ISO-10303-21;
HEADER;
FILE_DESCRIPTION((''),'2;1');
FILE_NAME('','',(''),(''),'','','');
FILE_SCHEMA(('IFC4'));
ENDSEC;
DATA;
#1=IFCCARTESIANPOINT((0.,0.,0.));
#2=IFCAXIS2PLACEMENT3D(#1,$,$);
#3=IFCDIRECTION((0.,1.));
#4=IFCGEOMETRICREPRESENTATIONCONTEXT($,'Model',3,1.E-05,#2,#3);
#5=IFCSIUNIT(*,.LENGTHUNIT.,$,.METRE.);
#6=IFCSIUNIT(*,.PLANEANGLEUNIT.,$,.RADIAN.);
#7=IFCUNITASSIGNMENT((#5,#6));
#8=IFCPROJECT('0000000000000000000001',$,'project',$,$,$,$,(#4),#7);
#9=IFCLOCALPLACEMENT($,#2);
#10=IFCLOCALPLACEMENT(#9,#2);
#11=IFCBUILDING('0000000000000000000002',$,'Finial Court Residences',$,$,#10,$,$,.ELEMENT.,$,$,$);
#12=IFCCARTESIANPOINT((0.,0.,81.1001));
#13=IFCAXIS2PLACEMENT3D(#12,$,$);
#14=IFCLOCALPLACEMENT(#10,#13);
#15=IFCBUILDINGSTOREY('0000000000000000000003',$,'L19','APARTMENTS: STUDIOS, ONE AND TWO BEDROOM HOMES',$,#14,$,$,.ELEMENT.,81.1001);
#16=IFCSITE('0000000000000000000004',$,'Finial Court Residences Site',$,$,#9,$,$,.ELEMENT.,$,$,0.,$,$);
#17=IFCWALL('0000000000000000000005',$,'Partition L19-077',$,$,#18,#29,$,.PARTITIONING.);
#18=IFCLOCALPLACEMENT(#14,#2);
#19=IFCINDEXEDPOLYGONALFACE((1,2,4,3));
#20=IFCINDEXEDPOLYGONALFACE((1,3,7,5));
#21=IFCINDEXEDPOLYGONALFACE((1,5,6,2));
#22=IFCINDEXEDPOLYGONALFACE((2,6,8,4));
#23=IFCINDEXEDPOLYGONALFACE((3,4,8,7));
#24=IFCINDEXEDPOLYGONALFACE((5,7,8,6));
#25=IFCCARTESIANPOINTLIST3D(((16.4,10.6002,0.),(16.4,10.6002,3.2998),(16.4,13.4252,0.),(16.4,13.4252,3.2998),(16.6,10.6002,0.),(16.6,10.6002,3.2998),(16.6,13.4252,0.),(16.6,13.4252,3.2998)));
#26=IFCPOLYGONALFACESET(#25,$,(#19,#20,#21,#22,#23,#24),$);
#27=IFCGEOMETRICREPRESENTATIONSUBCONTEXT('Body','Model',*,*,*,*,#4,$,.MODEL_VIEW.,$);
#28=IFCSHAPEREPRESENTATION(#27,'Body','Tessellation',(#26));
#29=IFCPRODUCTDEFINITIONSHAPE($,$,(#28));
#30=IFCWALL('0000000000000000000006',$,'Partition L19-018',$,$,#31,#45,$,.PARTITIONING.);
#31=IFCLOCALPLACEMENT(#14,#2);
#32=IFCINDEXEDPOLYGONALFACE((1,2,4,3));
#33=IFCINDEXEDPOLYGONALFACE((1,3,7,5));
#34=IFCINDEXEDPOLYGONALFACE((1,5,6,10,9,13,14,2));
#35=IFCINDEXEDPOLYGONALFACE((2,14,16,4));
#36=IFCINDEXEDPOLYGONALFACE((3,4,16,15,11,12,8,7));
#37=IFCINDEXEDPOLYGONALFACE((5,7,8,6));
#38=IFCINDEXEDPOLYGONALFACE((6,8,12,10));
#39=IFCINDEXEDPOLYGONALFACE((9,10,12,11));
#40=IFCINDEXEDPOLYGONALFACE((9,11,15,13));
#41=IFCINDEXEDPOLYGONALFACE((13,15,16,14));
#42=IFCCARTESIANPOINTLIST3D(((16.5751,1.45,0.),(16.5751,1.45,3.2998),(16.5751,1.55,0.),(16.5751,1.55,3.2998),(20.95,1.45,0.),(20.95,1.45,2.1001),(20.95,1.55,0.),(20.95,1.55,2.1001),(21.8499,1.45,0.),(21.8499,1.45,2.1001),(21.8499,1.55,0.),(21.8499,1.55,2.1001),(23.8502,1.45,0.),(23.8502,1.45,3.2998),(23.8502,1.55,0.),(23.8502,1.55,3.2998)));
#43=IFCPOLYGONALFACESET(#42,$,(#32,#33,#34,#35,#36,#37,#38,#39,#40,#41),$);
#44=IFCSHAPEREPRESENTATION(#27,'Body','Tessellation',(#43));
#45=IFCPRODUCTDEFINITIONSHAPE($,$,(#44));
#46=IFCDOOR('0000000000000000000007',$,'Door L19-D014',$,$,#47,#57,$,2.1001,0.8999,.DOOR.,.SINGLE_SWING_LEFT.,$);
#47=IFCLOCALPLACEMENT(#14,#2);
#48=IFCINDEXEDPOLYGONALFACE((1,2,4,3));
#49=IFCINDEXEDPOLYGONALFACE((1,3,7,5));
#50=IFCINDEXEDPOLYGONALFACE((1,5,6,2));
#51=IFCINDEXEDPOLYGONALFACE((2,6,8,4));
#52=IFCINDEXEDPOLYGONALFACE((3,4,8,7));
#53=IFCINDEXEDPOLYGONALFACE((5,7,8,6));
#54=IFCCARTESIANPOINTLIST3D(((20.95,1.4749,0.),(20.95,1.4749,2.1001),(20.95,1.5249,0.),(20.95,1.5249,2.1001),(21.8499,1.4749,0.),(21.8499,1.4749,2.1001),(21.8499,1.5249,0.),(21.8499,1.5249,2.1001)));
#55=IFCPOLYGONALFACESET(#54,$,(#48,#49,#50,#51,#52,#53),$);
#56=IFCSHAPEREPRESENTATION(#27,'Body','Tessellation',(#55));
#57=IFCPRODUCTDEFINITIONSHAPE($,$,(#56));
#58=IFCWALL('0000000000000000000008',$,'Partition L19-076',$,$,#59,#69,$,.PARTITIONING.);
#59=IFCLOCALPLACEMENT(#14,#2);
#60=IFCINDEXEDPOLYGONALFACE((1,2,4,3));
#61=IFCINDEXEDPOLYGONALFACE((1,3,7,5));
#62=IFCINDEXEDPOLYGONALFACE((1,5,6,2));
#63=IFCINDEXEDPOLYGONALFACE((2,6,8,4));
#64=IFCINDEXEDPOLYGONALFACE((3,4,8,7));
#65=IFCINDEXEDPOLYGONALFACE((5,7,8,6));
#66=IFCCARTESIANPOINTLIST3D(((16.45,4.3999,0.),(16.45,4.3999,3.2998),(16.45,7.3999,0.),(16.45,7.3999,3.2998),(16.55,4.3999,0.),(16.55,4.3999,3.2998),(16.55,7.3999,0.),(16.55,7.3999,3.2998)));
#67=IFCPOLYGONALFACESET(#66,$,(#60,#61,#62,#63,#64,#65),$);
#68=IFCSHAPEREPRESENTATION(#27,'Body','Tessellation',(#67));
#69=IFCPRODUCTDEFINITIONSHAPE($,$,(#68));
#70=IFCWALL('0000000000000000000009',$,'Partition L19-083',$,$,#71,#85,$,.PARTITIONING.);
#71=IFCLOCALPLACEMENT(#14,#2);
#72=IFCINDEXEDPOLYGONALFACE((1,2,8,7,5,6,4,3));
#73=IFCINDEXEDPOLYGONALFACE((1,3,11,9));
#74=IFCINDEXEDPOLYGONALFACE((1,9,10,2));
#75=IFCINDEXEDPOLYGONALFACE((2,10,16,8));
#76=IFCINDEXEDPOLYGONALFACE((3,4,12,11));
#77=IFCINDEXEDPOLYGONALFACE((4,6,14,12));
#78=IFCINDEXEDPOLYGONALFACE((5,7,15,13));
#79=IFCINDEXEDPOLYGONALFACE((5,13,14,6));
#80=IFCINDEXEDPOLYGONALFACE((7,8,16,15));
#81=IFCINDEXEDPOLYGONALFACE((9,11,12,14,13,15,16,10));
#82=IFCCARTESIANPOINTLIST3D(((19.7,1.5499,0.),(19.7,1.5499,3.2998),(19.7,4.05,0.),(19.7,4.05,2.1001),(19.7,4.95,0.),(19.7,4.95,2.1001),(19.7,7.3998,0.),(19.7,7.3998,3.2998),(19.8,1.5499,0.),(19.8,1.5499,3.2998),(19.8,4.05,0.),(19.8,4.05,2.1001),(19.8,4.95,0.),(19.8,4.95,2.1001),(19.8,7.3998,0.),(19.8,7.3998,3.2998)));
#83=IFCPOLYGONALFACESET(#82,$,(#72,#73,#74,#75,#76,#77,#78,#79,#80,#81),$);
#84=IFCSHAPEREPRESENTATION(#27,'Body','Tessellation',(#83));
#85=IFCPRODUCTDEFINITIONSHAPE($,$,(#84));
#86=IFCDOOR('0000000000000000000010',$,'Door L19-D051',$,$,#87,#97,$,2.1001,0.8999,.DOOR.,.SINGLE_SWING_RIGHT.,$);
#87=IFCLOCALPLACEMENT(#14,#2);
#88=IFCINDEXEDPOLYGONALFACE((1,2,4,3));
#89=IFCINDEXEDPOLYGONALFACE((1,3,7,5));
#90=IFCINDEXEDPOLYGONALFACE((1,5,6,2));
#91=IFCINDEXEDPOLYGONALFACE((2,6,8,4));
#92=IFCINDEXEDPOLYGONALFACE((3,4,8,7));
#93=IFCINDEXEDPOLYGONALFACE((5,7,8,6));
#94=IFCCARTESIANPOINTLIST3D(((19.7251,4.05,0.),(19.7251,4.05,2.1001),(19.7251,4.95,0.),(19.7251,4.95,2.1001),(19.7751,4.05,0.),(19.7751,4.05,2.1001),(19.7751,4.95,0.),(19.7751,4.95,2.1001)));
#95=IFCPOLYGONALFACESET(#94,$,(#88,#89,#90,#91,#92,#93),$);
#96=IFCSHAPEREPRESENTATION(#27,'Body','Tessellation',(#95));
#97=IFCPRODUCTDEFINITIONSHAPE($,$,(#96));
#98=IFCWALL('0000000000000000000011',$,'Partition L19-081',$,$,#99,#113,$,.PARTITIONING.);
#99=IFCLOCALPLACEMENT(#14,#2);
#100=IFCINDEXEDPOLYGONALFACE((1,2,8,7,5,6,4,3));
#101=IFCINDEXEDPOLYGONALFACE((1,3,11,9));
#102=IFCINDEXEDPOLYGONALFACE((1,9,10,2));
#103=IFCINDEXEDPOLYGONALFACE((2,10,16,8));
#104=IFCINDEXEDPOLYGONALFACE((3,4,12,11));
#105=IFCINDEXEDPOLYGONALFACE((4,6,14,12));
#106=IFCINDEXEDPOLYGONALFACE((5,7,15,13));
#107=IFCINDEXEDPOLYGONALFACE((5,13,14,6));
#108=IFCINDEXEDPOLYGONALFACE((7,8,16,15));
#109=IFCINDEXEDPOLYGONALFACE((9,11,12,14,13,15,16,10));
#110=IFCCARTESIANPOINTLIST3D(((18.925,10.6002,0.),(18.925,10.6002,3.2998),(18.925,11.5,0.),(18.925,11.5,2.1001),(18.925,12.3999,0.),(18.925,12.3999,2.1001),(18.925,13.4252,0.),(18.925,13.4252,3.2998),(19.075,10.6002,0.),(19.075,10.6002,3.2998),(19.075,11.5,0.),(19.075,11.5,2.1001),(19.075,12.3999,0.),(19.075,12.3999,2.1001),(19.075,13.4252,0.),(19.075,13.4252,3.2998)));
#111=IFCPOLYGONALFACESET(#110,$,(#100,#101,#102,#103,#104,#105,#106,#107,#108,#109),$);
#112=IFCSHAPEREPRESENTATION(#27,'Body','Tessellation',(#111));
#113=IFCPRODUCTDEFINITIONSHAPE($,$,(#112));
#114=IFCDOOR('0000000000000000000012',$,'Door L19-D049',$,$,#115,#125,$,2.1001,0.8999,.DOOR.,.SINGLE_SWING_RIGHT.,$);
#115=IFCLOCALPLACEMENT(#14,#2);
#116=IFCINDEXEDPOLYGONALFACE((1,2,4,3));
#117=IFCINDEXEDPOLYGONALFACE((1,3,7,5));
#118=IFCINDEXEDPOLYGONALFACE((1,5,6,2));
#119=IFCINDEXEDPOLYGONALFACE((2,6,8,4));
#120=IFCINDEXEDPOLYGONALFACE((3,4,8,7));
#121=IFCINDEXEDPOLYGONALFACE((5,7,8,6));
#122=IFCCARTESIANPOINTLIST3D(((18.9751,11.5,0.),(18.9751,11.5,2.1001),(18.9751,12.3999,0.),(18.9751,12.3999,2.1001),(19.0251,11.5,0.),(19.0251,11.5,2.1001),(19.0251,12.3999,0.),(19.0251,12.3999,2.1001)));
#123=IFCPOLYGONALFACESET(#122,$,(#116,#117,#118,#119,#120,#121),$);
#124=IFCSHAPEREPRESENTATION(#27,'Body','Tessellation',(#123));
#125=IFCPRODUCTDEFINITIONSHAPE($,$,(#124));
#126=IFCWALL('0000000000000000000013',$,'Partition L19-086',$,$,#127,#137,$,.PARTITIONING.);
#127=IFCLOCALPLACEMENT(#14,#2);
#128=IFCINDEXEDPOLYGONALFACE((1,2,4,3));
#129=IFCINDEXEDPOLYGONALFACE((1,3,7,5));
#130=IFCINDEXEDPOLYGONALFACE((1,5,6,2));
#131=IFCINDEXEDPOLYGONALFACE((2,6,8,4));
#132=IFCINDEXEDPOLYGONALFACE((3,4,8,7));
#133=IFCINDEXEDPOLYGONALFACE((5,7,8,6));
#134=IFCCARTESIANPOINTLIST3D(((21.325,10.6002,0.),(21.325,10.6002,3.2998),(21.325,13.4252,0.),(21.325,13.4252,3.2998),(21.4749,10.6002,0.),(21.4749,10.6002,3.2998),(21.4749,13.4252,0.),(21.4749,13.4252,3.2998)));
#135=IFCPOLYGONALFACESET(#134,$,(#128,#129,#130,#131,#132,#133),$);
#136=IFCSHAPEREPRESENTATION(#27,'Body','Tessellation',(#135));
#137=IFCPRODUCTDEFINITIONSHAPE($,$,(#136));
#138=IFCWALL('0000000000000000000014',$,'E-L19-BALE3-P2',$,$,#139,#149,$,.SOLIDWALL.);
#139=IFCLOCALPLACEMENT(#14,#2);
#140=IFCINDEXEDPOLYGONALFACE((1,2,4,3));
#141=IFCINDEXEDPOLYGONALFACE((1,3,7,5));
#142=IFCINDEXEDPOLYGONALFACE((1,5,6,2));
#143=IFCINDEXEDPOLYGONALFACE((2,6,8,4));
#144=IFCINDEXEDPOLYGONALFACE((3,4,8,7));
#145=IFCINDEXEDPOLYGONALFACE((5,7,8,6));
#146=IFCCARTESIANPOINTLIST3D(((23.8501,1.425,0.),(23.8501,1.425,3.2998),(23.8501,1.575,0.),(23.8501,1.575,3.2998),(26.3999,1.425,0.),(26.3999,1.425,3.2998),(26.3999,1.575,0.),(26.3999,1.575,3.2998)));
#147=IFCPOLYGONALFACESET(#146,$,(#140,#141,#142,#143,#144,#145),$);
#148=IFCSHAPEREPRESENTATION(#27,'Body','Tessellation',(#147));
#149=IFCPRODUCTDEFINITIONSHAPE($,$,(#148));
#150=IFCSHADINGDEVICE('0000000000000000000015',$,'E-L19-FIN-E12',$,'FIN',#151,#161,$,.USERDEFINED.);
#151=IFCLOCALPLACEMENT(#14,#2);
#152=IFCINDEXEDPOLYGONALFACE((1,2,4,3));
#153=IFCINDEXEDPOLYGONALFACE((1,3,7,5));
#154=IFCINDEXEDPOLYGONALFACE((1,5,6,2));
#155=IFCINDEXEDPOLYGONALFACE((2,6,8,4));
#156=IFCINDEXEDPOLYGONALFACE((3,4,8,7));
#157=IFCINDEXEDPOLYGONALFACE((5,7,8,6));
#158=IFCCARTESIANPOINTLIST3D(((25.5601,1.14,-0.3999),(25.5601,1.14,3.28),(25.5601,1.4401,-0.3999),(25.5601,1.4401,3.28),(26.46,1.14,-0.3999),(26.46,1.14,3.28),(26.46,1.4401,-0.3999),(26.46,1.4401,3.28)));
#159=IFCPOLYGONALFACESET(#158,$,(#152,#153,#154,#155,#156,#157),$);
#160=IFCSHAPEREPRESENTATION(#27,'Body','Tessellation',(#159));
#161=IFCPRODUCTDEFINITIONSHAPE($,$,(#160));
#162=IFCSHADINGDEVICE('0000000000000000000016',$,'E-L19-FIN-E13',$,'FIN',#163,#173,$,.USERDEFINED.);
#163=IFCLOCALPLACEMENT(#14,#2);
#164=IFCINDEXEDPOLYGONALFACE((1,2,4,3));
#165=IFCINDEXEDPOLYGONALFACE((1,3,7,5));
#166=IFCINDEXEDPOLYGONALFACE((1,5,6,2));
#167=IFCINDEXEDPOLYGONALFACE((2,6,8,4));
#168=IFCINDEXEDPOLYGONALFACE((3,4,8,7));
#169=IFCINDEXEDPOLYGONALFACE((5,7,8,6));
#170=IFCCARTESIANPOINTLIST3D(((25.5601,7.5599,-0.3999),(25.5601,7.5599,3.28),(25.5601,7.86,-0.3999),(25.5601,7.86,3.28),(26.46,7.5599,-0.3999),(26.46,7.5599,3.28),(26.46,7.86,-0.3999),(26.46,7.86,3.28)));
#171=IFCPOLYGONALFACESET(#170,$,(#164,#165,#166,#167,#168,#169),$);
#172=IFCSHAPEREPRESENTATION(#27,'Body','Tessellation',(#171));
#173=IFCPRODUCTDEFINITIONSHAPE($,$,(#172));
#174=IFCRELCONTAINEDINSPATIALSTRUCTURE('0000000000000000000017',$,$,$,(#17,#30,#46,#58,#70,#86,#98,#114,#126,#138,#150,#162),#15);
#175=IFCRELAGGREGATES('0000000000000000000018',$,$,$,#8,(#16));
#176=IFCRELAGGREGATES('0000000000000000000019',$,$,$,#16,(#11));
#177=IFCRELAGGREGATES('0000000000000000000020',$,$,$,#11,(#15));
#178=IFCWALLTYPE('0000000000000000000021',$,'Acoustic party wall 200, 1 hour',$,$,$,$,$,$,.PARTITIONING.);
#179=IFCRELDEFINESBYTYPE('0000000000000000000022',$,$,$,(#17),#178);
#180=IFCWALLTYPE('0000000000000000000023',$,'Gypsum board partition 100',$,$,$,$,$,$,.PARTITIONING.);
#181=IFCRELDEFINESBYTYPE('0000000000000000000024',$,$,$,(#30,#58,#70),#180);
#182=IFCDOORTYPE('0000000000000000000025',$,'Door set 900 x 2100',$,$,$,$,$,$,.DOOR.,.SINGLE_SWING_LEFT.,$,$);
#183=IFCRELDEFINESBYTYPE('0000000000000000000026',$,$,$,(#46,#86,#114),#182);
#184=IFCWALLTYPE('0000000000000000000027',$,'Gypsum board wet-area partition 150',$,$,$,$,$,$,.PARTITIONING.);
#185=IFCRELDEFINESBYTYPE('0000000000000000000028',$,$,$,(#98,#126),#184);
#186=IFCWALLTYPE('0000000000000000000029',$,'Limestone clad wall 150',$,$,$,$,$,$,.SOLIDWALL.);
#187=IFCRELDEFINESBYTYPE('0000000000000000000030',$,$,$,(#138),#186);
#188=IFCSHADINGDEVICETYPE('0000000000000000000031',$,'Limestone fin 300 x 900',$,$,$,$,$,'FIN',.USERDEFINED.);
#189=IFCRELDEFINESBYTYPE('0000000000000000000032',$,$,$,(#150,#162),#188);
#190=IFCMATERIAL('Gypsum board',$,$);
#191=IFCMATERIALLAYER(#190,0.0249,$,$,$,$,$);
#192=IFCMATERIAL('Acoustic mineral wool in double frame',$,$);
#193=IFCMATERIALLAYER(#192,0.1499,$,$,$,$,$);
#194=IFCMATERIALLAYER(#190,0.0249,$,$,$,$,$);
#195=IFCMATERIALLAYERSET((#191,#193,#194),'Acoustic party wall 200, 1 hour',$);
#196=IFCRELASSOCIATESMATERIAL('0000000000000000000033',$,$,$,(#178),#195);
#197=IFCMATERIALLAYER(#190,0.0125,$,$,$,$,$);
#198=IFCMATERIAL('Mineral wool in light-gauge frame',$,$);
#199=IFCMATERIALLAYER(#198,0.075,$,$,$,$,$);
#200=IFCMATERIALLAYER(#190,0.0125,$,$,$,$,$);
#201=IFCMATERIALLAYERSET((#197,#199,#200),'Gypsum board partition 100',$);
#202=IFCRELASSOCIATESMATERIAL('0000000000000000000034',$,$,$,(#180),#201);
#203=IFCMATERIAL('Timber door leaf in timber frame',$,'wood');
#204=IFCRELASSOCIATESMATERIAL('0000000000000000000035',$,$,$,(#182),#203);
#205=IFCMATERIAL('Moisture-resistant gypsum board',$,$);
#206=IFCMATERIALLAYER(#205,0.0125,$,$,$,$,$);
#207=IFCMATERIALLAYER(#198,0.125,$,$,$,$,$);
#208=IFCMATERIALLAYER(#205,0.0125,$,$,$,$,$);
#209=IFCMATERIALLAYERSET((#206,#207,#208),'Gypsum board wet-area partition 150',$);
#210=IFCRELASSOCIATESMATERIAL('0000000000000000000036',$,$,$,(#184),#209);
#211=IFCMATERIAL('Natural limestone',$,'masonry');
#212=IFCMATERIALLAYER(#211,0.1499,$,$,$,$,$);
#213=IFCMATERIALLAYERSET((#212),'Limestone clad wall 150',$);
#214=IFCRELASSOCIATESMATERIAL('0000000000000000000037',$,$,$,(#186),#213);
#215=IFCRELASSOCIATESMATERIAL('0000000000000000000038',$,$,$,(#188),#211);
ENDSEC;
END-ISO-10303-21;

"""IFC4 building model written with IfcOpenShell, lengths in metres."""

from ifc_helpers import new_model, si_unit, direction, frame, frame_2d, origin, origin_2d, place, context, subcontext, project, spatial, rectangle, extrude, material, layer, layer_set, type_object, element, fill, save


model = new_model("IFC4")

# Units and contexts
model_context = context("Model", 3, precision=1e-05, world=origin(), true_north=direction((0.0, 1.0)))
body_context = subcontext(model_context, "Body", "Model", "MODEL_VIEW")
ifc_project = project(units=[si_unit("LENGTHUNIT", "METRE"), si_unit("PLANEANGLEUNIT", "RADIAN")], contexts=[model_context])

# Site, building, storey
site_placement = place(None, origin())
site = spatial("IfcSite", under=ifc_project, at=site_placement, Name="Finial Court Residences Site", CompositionType="ELEMENT", RefElevation=0.0)
building_placement = place(site_placement, origin())
building = spatial("IfcBuilding", under=site, at=building_placement, Name="Finial Court Residences", CompositionType="ELEMENT")
storey_placement = place(building_placement, frame((0.0, 0.0, 81.1001)))
storey = spatial("IfcBuildingStorey", under=building, at=storey_placement, Name="L19", Description="APARTMENTS: STUDIOS, ONE AND TWO BEDROOM HOMES", CompositionType="ELEMENT", Elevation=81.1001)

# Wall
ifc_material_1 = material(Name="Gypsum board")
ifc_layer_1 = layer(ifc_material_1, 0.0249)
ifc_material_2 = material(Name="Acoustic mineral wool in double frame")
ifc_layer_2 = layer(ifc_material_2, 0.1499)
ifc_layer_3 = layer(ifc_material_1, 0.0249)
ifc_layer_set_1 = layer_set([ifc_layer_1, ifc_layer_2, ifc_layer_3], Name="Acoustic party wall 200, 1 hour")
wall_type_1 = type_object("IfcWallType", Name="Acoustic party wall 200, 1 hour", PredefinedType="PARTITIONING", material=ifc_layer_set_1)
wall_1_placement = place(storey_placement, frame((16.5, 10.6001, 0.0), z_axis=(0.0, 0.0, 1.0), x_axis=(0.0, 1.0, 0.0)))
element("IfcWall", 1, at=wall_1_placement, inside=storey, type_object=wall_type_1, Name="Partition L19-077", PredefinedType="PARTITIONING", context=body_context, shape_type="SweptSolid", body=[
    extrude(rectangle(XDim=2.825, YDim=0.2, at=frame_2d((1.4126, 0.0))), origin(), (0.0, 0.0, 1.0), 3.2998),
])

# Wall, opening, door
ifc_layer_4 = layer(ifc_material_1, 0.0125)
ifc_material_3 = material(Name="Mineral wool in light-gauge frame")
ifc_layer_5 = layer(ifc_material_3, 0.075)
ifc_layer_6 = layer(ifc_material_1, 0.0125)
ifc_layer_set_2 = layer_set([ifc_layer_4, ifc_layer_5, ifc_layer_6], Name="Gypsum board partition 100")
wall_type_2 = type_object("IfcWallType", Name="Gypsum board partition 100", PredefinedType="PARTITIONING", material=ifc_layer_set_2)
wall_2_placement = place(storey_placement, frame((16.575, 1.5, 0.0), z_axis=(0.0, 0.0, 1.0), x_axis=(1.0, 0.0, 0.0)))
wall_2 = element("IfcWall", 2, at=wall_2_placement, inside=storey, type_object=wall_type_2, Name="Partition L19-018", PredefinedType="PARTITIONING", context=body_context, shape_type="SweptSolid", body=[
    extrude(rectangle(XDim=7.2751, YDim=0.1001, at=frame_2d((3.6377, 0.0))), origin(), (0.0, 0.0, 1.0), 3.2998),
])
opening_1_placement = place(wall_2_placement, frame((4.375, 0.0, 0.0)))
opening_1 = element("IfcOpeningElement", 3, at=opening_1_placement, cuts=wall_2, PredefinedType="OPENING", context=body_context, shape_type="SweptSolid", body=[
    extrude(rectangle(XDim=0.8999, YDim=2.1001, at=frame_2d((0.45, 1.05))), frame((0.0, 0.0601, 0.0), z_axis=(0.0, -1.0, 0.0), x_axis=(1.0, 0.0, 0.0)), (0.0, 0.0, 1.0), 0.1201),
])
ifc_material_4 = material(Name="Timber door leaf in timber frame", Category="wood")
door_type_1 = type_object("IfcDoorType", Name="Door set 900 x 2100", OperationType="SINGLE_SWING_LEFT", PredefinedType="DOOR", material=ifc_material_4)
door_1_placement = place(opening_1_placement, origin())
door_1 = element("IfcDoor", 4, at=door_1_placement, inside=storey, type_object=door_type_1, Name="Door L19-D014", OperationType="SINGLE_SWING_LEFT", OverallHeight=2.1001, OverallWidth=0.8999, PredefinedType="DOOR", context=body_context, shape_type="SweptSolid", body=[
    extrude(rectangle(XDim=0.8999, YDim=2.1001, at=frame_2d((0.45, 1.05))), frame((0.0, 0.0249, 0.0), z_axis=(0.0, -1.0, 0.0), x_axis=(1.0, 0.0, 0.0)), (0.0, 0.0, 1.0), 0.05),
])
fill(opening_1, door_1)

# Wall
wall_3_placement = place(storey_placement, frame((16.5, 4.3999, 0.0), z_axis=(0.0, 0.0, 1.0), x_axis=(0.0, 1.0, 0.0)))
element("IfcWall", 5, at=wall_3_placement, inside=storey, type_object=wall_type_2, Name="Partition L19-076", PredefinedType="PARTITIONING", context=body_context, shape_type="SweptSolid", body=[
    extrude(rectangle(XDim=3.0, YDim=0.1001, at=frame_2d((1.5, 0.0))), origin(), (0.0, 0.0, 1.0), 3.2998),
])

# Walls, openings, doors
wall_4_placement = place(storey_placement, frame((19.75, 1.55, 0.0), z_axis=(0.0, 0.0, 1.0), x_axis=(0.0, 1.0, 0.0)))
wall_4 = element("IfcWall", 6, at=wall_4_placement, inside=storey, type_object=wall_type_2, Name="Partition L19-083", PredefinedType="PARTITIONING", context=body_context, shape_type="SweptSolid", body=[
    extrude(rectangle(XDim=5.8499, YDim=0.1001, at=frame_2d((2.9248, 0.0))), origin(), (0.0, 0.0, 1.0), 3.2998),
])
opening_2_placement = place(wall_4_placement, frame((2.5, 0.0, 0.0)))
opening_2 = element("IfcOpeningElement", 7, at=opening_2_placement, cuts=wall_4, PredefinedType="OPENING", context=body_context, shape_type="SweptSolid", body=[
    extrude(rectangle(XDim=0.8999, YDim=2.1001, at=frame_2d((0.45, 1.05))), frame((0.0, 0.0601, 0.0), z_axis=(0.0, -1.0, 0.0), x_axis=(1.0, 0.0, 0.0)), (0.0, 0.0, 1.0), 0.1201),
])
door_2_placement = place(opening_2_placement, origin())
door_2 = element("IfcDoor", 8, at=door_2_placement, inside=storey, type_object=door_type_1, Name="Door L19-D051", OperationType="SINGLE_SWING_RIGHT", OverallHeight=2.1001, OverallWidth=0.8999, PredefinedType="DOOR", context=body_context, shape_type="SweptSolid", body=[
    extrude(rectangle(XDim=0.8999, YDim=2.1001, at=frame_2d((0.45, 1.05))), frame((0.0, 0.0249, 0.0), z_axis=(0.0, -1.0, 0.0), x_axis=(1.0, 0.0, 0.0)), (0.0, 0.0, 1.0), 0.05),
])
fill(opening_2, door_2)
ifc_material_5 = material(Name="Moisture-resistant gypsum board")
ifc_layer_7 = layer(ifc_material_5, 0.0125)
ifc_layer_8 = layer(ifc_material_3, 0.125)
ifc_layer_9 = layer(ifc_material_5, 0.0125)
ifc_layer_set_3 = layer_set([ifc_layer_7, ifc_layer_8, ifc_layer_9], Name="Gypsum board wet-area partition 150")
wall_type_3 = type_object("IfcWallType", Name="Gypsum board wet-area partition 150", PredefinedType="PARTITIONING", material=ifc_layer_set_3)
wall_5_placement = place(storey_placement, frame((19.0, 10.6001, 0.0), z_axis=(0.0, 0.0, 1.0), x_axis=(0.0, 1.0, 0.0)))
wall_5 = element("IfcWall", 9, at=wall_5_placement, inside=storey, type_object=wall_type_3, Name="Partition L19-081", PredefinedType="PARTITIONING", context=body_context, shape_type="SweptSolid", body=[
    extrude(rectangle(XDim=2.825, YDim=0.1499, at=frame_2d((1.4126, 0.0))), origin(), (0.0, 0.0, 1.0), 3.2998),
])
opening_3_placement = place(wall_5_placement, frame((0.8999, 0.0, 0.0)))
opening_3 = element("IfcOpeningElement", 10, at=opening_3_placement, cuts=wall_5, PredefinedType="OPENING", context=body_context, shape_type="SweptSolid", body=[
    extrude(rectangle(XDim=0.8999, YDim=2.1001, at=frame_2d((0.45, 1.05))), frame((0.0, 0.085, 0.0), z_axis=(0.0, -1.0, 0.0), x_axis=(1.0, 0.0, 0.0)), (0.0, 0.0, 1.0), 0.1699),
])
door_3_placement = place(opening_3_placement, origin())
door_3 = element("IfcDoor", 11, at=door_3_placement, inside=storey, type_object=door_type_1, Name="Door L19-D049", OperationType="SINGLE_SWING_RIGHT", OverallHeight=2.1001, OverallWidth=0.8999, PredefinedType="DOOR", context=body_context, shape_type="SweptSolid", body=[
    extrude(rectangle(XDim=0.8999, YDim=2.1001, at=frame_2d((0.45, 1.05))), frame((0.0, 0.0249, 0.0), z_axis=(0.0, -1.0, 0.0), x_axis=(1.0, 0.0, 0.0)), (0.0, 0.0, 1.0), 0.05),
])
fill(opening_3, door_3)

# Walls
wall_6_placement = place(storey_placement, frame((21.3999, 10.6001, 0.0), z_axis=(0.0, 0.0, 1.0), x_axis=(0.0, 1.0, 0.0)))
element("IfcWall", 12, at=wall_6_placement, inside=storey, type_object=wall_type_3, Name="Partition L19-086", PredefinedType="PARTITIONING", context=body_context, shape_type="SweptSolid", body=[
    extrude(rectangle(XDim=2.825, YDim=0.1499, at=frame_2d((1.4126, 0.0))), origin(), (0.0, 0.0, 1.0), 3.2998),
])
ifc_material_6 = material(Name="Natural limestone", Category="masonry")
ifc_layer_10 = layer(ifc_material_6, 0.1499)
ifc_layer_set_4 = layer_set([ifc_layer_10], Name="Limestone clad wall 150")
wall_type_4 = type_object("IfcWallType", Name="Limestone clad wall 150", PredefinedType="SOLIDWALL", material=ifc_layer_set_4)
wall_7_placement = place(storey_placement, frame((23.8501, 1.5, 0.0), z_axis=(0.0, 0.0, 1.0), x_axis=(1.0, 0.0, 0.0)))
element("IfcWall", 13, at=wall_7_placement, inside=storey, type_object=wall_type_4, Name="E-L19-BALE3-P2", PredefinedType="SOLIDWALL", context=body_context, shape_type="SweptSolid", body=[
    extrude(rectangle(XDim=2.5498, YDim=0.1499, at=frame_2d((1.2749, 0.0))), origin(), (0.0, 0.0, 1.0), 3.2998),
])

# Shading devices
shading_device_type = type_object("IfcShadingDeviceType", Name="Limestone fin 300 x 900", ElementType="FIN", PredefinedType="USERDEFINED", material=ifc_material_6)
for number, where, z_axis, x_axis, name in (
    (14, (26.01, 1.29, -0.3999), (0.0, 0.0, 1.0), (1.0, 0.0, 0.0), "E-L19-FIN-E12"),
    (15, (26.01, 7.71, -0.3999), (0.0, 0.0, 1.0), (1.0, 0.0, 0.0), "E-L19-FIN-E13"),
):
    element("IfcShadingDevice", number, at=place(storey_placement, frame(where, z_axis=z_axis, x_axis=x_axis)), inside=storey, type_object=shading_device_type, Name=name, ObjectType="FIN", PredefinedType="USERDEFINED", context=body_context, shape_type="SweptSolid", body=[
        extrude(rectangle(XDim=0.8999, YDim=0.3, at=origin_2d()), origin(), (0.0, 0.0, 1.0), 3.6799),
    ])

save(model, "model.ifc")
